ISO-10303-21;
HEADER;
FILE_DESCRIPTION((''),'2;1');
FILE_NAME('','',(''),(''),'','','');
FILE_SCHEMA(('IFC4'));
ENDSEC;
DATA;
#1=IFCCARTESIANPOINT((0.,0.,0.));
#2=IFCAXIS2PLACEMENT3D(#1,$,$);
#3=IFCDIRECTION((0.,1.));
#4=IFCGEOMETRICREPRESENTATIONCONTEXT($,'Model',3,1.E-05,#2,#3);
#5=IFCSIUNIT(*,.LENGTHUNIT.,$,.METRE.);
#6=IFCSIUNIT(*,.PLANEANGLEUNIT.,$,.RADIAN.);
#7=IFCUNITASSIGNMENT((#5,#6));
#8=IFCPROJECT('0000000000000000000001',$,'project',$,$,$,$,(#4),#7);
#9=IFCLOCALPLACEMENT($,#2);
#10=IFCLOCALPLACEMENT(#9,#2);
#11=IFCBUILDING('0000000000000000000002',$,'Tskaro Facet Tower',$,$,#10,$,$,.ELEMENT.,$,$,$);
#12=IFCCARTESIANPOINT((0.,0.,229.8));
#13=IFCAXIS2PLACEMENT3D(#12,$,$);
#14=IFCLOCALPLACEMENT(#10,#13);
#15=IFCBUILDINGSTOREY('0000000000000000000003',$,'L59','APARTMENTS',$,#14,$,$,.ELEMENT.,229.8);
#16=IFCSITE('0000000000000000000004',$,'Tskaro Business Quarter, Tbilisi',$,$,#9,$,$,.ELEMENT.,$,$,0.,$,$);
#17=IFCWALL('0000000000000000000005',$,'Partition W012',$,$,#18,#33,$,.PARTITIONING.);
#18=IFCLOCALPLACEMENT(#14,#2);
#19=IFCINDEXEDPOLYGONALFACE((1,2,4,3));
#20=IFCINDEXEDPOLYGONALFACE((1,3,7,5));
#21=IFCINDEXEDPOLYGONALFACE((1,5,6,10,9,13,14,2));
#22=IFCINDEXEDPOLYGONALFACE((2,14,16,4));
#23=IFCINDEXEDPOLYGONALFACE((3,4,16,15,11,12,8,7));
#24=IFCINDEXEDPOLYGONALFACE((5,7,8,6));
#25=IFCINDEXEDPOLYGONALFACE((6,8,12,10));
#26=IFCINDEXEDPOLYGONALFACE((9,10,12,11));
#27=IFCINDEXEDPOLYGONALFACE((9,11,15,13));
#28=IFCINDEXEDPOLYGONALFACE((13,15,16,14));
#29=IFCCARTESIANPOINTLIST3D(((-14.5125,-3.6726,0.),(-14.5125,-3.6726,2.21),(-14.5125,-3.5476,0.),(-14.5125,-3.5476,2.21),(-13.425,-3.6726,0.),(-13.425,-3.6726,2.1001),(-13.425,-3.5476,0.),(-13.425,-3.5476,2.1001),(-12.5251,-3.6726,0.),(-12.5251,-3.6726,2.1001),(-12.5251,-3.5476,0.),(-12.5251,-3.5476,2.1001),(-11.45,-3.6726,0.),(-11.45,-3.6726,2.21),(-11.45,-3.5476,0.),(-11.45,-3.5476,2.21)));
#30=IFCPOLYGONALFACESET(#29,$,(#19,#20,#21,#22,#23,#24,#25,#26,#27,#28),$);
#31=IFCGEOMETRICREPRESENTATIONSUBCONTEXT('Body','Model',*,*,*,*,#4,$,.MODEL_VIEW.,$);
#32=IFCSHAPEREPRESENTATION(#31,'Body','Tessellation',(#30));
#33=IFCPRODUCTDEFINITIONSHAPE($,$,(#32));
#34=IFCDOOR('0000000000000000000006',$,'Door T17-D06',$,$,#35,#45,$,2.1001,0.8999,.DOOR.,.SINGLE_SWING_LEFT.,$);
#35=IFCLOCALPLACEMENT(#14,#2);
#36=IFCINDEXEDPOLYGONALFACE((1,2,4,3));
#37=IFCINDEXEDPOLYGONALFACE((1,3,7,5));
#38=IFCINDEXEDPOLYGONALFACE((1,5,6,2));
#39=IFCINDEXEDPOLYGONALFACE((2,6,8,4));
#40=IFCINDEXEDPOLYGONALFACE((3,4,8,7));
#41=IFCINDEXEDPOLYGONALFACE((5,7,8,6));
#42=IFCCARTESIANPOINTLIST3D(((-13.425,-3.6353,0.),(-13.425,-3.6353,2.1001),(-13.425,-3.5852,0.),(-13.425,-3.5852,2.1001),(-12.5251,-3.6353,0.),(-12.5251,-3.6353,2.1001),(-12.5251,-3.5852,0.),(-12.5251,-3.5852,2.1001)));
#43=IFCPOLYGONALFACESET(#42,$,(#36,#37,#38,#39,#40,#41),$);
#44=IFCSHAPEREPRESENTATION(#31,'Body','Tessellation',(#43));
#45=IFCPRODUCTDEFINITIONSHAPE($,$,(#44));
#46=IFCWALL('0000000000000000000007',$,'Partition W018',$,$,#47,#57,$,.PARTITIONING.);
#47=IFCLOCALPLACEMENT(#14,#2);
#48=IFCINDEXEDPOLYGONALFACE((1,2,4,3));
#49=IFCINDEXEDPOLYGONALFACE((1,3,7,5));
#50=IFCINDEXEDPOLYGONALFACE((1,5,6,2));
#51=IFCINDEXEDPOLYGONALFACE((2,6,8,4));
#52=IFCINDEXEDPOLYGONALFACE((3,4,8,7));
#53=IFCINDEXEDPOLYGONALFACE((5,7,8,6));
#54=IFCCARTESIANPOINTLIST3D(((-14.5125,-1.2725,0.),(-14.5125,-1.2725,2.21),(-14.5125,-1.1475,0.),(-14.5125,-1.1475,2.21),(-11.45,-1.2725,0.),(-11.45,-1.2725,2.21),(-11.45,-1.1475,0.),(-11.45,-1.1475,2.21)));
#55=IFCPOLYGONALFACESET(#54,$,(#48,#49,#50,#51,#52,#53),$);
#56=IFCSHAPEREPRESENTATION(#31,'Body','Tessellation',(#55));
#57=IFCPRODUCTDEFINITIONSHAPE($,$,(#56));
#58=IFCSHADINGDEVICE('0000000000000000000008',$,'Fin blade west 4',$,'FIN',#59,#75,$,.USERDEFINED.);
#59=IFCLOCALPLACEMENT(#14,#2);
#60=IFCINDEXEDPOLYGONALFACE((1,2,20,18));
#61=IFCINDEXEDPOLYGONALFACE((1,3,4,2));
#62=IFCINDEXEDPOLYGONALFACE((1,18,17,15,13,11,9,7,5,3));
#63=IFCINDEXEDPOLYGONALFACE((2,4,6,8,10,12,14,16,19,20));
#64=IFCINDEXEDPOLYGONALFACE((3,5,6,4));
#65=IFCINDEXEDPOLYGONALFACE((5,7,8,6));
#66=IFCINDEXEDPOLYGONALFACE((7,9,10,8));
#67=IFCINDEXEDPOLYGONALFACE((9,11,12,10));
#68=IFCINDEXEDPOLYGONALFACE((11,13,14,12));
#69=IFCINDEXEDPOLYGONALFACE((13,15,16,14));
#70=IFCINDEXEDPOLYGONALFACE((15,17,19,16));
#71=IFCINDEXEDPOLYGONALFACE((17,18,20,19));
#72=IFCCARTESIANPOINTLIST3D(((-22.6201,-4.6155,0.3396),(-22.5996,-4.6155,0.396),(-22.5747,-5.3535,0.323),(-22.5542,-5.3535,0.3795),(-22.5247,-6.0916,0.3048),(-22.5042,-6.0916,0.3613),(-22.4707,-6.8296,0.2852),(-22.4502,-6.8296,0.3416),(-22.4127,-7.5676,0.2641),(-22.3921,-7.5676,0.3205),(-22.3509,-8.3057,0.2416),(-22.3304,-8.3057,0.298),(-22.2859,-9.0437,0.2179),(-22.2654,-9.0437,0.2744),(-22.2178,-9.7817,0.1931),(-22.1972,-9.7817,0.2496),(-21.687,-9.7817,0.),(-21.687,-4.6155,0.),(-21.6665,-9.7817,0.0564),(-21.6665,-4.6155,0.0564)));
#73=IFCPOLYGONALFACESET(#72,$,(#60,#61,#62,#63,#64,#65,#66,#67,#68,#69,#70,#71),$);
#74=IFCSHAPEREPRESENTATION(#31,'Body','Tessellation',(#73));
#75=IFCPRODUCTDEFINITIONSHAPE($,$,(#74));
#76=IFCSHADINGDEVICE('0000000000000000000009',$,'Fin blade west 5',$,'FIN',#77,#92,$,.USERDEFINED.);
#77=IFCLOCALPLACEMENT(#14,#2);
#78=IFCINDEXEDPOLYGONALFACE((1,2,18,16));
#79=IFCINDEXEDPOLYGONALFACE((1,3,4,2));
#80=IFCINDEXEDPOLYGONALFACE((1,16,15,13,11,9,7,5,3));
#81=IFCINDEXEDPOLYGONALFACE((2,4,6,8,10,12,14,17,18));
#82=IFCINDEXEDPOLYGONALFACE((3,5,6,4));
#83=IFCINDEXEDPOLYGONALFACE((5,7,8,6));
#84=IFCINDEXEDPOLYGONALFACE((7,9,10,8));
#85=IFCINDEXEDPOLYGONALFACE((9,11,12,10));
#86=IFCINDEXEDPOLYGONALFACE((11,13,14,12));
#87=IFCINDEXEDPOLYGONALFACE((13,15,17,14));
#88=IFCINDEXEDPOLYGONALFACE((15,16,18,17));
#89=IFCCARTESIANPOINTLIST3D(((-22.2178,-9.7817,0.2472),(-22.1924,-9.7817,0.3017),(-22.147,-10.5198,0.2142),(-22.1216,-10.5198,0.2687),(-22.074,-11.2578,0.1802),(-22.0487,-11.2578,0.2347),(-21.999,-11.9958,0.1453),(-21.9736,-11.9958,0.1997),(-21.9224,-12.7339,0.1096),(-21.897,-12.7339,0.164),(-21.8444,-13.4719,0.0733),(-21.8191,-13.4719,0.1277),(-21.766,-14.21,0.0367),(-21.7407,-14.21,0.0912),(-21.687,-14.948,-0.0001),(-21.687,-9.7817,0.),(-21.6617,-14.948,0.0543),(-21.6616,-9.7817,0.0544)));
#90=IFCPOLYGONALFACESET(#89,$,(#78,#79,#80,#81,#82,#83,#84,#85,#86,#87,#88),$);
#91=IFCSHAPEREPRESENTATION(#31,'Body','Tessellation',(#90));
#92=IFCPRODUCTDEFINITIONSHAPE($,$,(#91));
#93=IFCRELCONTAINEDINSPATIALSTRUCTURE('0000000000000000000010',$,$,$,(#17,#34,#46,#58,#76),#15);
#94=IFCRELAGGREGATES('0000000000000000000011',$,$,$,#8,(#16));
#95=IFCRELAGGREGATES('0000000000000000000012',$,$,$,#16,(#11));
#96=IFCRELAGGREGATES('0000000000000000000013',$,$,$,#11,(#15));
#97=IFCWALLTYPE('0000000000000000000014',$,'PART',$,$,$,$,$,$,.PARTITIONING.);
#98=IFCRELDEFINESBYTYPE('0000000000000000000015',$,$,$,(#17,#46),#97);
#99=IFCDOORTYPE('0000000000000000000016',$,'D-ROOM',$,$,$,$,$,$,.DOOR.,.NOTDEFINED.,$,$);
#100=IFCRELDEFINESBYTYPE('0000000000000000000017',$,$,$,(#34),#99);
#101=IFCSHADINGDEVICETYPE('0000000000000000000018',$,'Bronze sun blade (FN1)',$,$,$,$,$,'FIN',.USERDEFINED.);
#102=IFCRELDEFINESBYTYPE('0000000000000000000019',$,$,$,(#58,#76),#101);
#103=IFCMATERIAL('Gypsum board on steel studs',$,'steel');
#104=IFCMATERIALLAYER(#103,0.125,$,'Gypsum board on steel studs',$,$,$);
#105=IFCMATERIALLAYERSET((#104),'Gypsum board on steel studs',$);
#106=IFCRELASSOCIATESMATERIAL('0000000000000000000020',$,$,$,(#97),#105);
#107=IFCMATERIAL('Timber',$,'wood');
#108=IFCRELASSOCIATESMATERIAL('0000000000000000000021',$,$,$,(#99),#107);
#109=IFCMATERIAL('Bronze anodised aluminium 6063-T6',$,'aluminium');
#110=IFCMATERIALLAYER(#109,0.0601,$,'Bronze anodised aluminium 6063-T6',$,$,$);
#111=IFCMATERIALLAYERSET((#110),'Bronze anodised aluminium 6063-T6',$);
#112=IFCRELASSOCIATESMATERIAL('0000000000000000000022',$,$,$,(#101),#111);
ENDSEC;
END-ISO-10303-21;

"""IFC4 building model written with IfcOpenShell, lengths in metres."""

from ifc_helpers import new_model, si_unit, direction, frame, frame_2d, origin, place, context, subcontext, project, spatial, polyline, rectangle, outline, extrude, material, layer, layer_set, type_object, element, fill, save


model = new_model("IFC4")

# Units and contexts
model_context = context("Model", 3, precision=1e-05, world=origin(), true_north=direction((0.0, 1.0)))
body_context = subcontext(model_context, "Body", "Model", "MODEL_VIEW")
ifc_project = project(units=[si_unit("LENGTHUNIT", "METRE"), si_unit("PLANEANGLEUNIT", "RADIAN")], contexts=[model_context])

# Site, building, storey
site_placement = place(None, origin())
site = spatial("IfcSite", under=ifc_project, at=site_placement, Name="Tskaro Business Quarter, Tbilisi", CompositionType="ELEMENT", RefElevation=0.0)
building_placement = place(site_placement, origin())
building = spatial("IfcBuilding", under=site, at=building_placement, Name="Tskaro Facet Tower", CompositionType="ELEMENT")
storey_placement = place(building_placement, frame((0.0, 0.0, 229.8)))
storey = spatial("IfcBuildingStorey", under=building, at=storey_placement, Name="L59", Description="APARTMENTS", CompositionType="ELEMENT", Elevation=229.8)

# Shared definitions
ifc_material_1 = material(Name="Bronze anodised aluminium 6063-T6", Category="aluminium")

# Shared definitions
ifc_material_2 = material(Name="Gypsum board on steel studs", Category="steel")
ifc_layer_1 = layer(ifc_material_2, 0.125, Name="Gypsum board on steel studs")
ifc_layer_set_1 = layer_set([ifc_layer_1], Name="Gypsum board on steel studs")
wall_type_1 = type_object("IfcWallType", Name="PART", PredefinedType="PARTITIONING", material=ifc_layer_set_1)

# Wall, opening, door
wall_1_placement = place(storey_placement, frame((-14.5125, -3.6101, 0.0), z_axis=(0.0, 0.0, 1.0), x_axis=(1.0, 0.0, 0.0)))
wall_1 = element("IfcWall", 1, at=wall_1_placement, inside=storey, type_object=wall_type_1, Name="Partition W012", PredefinedType="PARTITIONING", context=body_context, shape_type="SweptSolid", body=[
    extrude(rectangle(XDim=3.0625, YDim=0.125, at=frame_2d((1.5312, 0.0))), origin(), (0.0, 0.0, 1.0), 2.21),
])
opening_1_placement = place(wall_1_placement, frame((1.0874, 0.0, 0.0)))
opening_1 = element("IfcOpeningElement", 2, at=opening_1_placement, cuts=wall_1, PredefinedType="OPENING", context=body_context, shape_type="SweptSolid", body=[
    extrude(rectangle(XDim=0.8999, YDim=2.1001, at=frame_2d((0.45, 1.05))), frame((0.0, 0.0725, 0.0), z_axis=(0.0, -1.0, 0.0), x_axis=(1.0, 0.0, 0.0)), (0.0, 0.0, 1.0), 0.145),
])
ifc_material_3 = material(Name="Timber", Category="wood")
door_type_1 = type_object("IfcDoorType", Name="D-ROOM", OperationType="NOTDEFINED", PredefinedType="DOOR", material=ifc_material_3)
door_1_placement = place(opening_1_placement, origin())
door_1 = element("IfcDoor", 3, at=door_1_placement, inside=storey, type_object=door_type_1, Name="Door T17-D06", OperationType="SINGLE_SWING_LEFT", OverallHeight=2.1001, OverallWidth=0.8999, PredefinedType="DOOR", context=body_context, shape_type="SweptSolid", body=[
    extrude(rectangle(XDim=0.8999, YDim=2.1001, at=frame_2d((0.45, 1.05))), frame((0.0, 0.0249, 0.0), z_axis=(0.0, -1.0, 0.0), x_axis=(1.0, 0.0, 0.0)), (0.0, 0.0, 1.0), 0.05),
])
fill(opening_1, door_1)

# Wall
wall_2_placement = place(storey_placement, frame((-14.5125, -1.21, 0.0), z_axis=(0.0, 0.0, 1.0), x_axis=(1.0, 0.0, 0.0)))
element("IfcWall", 4, at=wall_2_placement, inside=storey, type_object=wall_type_1, Name="Partition W018", PredefinedType="PARTITIONING", context=body_context, shape_type="SweptSolid", body=[
    extrude(rectangle(XDim=3.0625, YDim=0.125, at=frame_2d((1.5312, 0.0))), origin(), (0.0, 0.0, 1.0), 2.21),
])

# Shading devices
ifc_layer_2 = layer(ifc_material_1, 0.0601, Name="Bronze anodised aluminium 6063-T6")
ifc_layer_set_2 = layer_set([ifc_layer_2], Name="Bronze anodised aluminium 6063-T6")
shading_device_type = type_object("IfcShadingDeviceType", Name="Bronze sun blade (FN1)", ElementType="FIN", PredefinedType="USERDEFINED", material=ifc_layer_set_2)
shading_device_1_placement = place(storey_placement, frame((-21.6665, -4.6155, 0.0564), z_axis=(0.342025, -0.000001, 0.939691), x_axis=(0.0, -1.0, -0.000001)))
element("IfcShadingDevice", 5, at=shading_device_1_placement, inside=storey, type_object=shading_device_type, Name="Fin blade west 4", ObjectType="FIN", PredefinedType="USERDEFINED", context=body_context, shape_type="SweptSolid", body=[
    extrude(outline(polyline([(0.0, 0.0), (5.1663, 0.0), (5.1663, -0.5648), (4.4282, -0.6373), (3.6902, -0.7065), (2.9521, -0.7722), (2.2141, -0.834), (1.4761, -0.8914), (0.738, -0.9446), (0.0, -0.993), (0.0, 0.0)])), origin(), (0.0, 0.0, -1.0), 0.0601),
])
shading_device_2_placement = place(storey_placement, frame((-21.6616, -9.7817, 0.0544), z_axis=(0.422205, -0.00002, 0.9065), x_axis=(-0.000009, -1.0, -0.000018)))
element("IfcShadingDevice", 6, at=shading_device_2_placement, inside=storey, type_object=shading_device_type, Name="Fin blade west 5", ObjectType="FIN", PredefinedType="USERDEFINED", context=body_context, shape_type="SweptSolid", body=[
    extrude(outline(polyline([(0.0, 0.0), (5.1663, 0.0), (4.4282, -0.0872), (3.6902, -0.1737), (2.9521, -0.2596), (2.2141, -0.3442), (1.4761, -0.427), (0.738, -0.5075), (0.0, -0.5856), (0.0, 0.0)])), origin(), (0.0, 0.0, -1.0), 0.0601),
])

save(model, "model.ifc")
